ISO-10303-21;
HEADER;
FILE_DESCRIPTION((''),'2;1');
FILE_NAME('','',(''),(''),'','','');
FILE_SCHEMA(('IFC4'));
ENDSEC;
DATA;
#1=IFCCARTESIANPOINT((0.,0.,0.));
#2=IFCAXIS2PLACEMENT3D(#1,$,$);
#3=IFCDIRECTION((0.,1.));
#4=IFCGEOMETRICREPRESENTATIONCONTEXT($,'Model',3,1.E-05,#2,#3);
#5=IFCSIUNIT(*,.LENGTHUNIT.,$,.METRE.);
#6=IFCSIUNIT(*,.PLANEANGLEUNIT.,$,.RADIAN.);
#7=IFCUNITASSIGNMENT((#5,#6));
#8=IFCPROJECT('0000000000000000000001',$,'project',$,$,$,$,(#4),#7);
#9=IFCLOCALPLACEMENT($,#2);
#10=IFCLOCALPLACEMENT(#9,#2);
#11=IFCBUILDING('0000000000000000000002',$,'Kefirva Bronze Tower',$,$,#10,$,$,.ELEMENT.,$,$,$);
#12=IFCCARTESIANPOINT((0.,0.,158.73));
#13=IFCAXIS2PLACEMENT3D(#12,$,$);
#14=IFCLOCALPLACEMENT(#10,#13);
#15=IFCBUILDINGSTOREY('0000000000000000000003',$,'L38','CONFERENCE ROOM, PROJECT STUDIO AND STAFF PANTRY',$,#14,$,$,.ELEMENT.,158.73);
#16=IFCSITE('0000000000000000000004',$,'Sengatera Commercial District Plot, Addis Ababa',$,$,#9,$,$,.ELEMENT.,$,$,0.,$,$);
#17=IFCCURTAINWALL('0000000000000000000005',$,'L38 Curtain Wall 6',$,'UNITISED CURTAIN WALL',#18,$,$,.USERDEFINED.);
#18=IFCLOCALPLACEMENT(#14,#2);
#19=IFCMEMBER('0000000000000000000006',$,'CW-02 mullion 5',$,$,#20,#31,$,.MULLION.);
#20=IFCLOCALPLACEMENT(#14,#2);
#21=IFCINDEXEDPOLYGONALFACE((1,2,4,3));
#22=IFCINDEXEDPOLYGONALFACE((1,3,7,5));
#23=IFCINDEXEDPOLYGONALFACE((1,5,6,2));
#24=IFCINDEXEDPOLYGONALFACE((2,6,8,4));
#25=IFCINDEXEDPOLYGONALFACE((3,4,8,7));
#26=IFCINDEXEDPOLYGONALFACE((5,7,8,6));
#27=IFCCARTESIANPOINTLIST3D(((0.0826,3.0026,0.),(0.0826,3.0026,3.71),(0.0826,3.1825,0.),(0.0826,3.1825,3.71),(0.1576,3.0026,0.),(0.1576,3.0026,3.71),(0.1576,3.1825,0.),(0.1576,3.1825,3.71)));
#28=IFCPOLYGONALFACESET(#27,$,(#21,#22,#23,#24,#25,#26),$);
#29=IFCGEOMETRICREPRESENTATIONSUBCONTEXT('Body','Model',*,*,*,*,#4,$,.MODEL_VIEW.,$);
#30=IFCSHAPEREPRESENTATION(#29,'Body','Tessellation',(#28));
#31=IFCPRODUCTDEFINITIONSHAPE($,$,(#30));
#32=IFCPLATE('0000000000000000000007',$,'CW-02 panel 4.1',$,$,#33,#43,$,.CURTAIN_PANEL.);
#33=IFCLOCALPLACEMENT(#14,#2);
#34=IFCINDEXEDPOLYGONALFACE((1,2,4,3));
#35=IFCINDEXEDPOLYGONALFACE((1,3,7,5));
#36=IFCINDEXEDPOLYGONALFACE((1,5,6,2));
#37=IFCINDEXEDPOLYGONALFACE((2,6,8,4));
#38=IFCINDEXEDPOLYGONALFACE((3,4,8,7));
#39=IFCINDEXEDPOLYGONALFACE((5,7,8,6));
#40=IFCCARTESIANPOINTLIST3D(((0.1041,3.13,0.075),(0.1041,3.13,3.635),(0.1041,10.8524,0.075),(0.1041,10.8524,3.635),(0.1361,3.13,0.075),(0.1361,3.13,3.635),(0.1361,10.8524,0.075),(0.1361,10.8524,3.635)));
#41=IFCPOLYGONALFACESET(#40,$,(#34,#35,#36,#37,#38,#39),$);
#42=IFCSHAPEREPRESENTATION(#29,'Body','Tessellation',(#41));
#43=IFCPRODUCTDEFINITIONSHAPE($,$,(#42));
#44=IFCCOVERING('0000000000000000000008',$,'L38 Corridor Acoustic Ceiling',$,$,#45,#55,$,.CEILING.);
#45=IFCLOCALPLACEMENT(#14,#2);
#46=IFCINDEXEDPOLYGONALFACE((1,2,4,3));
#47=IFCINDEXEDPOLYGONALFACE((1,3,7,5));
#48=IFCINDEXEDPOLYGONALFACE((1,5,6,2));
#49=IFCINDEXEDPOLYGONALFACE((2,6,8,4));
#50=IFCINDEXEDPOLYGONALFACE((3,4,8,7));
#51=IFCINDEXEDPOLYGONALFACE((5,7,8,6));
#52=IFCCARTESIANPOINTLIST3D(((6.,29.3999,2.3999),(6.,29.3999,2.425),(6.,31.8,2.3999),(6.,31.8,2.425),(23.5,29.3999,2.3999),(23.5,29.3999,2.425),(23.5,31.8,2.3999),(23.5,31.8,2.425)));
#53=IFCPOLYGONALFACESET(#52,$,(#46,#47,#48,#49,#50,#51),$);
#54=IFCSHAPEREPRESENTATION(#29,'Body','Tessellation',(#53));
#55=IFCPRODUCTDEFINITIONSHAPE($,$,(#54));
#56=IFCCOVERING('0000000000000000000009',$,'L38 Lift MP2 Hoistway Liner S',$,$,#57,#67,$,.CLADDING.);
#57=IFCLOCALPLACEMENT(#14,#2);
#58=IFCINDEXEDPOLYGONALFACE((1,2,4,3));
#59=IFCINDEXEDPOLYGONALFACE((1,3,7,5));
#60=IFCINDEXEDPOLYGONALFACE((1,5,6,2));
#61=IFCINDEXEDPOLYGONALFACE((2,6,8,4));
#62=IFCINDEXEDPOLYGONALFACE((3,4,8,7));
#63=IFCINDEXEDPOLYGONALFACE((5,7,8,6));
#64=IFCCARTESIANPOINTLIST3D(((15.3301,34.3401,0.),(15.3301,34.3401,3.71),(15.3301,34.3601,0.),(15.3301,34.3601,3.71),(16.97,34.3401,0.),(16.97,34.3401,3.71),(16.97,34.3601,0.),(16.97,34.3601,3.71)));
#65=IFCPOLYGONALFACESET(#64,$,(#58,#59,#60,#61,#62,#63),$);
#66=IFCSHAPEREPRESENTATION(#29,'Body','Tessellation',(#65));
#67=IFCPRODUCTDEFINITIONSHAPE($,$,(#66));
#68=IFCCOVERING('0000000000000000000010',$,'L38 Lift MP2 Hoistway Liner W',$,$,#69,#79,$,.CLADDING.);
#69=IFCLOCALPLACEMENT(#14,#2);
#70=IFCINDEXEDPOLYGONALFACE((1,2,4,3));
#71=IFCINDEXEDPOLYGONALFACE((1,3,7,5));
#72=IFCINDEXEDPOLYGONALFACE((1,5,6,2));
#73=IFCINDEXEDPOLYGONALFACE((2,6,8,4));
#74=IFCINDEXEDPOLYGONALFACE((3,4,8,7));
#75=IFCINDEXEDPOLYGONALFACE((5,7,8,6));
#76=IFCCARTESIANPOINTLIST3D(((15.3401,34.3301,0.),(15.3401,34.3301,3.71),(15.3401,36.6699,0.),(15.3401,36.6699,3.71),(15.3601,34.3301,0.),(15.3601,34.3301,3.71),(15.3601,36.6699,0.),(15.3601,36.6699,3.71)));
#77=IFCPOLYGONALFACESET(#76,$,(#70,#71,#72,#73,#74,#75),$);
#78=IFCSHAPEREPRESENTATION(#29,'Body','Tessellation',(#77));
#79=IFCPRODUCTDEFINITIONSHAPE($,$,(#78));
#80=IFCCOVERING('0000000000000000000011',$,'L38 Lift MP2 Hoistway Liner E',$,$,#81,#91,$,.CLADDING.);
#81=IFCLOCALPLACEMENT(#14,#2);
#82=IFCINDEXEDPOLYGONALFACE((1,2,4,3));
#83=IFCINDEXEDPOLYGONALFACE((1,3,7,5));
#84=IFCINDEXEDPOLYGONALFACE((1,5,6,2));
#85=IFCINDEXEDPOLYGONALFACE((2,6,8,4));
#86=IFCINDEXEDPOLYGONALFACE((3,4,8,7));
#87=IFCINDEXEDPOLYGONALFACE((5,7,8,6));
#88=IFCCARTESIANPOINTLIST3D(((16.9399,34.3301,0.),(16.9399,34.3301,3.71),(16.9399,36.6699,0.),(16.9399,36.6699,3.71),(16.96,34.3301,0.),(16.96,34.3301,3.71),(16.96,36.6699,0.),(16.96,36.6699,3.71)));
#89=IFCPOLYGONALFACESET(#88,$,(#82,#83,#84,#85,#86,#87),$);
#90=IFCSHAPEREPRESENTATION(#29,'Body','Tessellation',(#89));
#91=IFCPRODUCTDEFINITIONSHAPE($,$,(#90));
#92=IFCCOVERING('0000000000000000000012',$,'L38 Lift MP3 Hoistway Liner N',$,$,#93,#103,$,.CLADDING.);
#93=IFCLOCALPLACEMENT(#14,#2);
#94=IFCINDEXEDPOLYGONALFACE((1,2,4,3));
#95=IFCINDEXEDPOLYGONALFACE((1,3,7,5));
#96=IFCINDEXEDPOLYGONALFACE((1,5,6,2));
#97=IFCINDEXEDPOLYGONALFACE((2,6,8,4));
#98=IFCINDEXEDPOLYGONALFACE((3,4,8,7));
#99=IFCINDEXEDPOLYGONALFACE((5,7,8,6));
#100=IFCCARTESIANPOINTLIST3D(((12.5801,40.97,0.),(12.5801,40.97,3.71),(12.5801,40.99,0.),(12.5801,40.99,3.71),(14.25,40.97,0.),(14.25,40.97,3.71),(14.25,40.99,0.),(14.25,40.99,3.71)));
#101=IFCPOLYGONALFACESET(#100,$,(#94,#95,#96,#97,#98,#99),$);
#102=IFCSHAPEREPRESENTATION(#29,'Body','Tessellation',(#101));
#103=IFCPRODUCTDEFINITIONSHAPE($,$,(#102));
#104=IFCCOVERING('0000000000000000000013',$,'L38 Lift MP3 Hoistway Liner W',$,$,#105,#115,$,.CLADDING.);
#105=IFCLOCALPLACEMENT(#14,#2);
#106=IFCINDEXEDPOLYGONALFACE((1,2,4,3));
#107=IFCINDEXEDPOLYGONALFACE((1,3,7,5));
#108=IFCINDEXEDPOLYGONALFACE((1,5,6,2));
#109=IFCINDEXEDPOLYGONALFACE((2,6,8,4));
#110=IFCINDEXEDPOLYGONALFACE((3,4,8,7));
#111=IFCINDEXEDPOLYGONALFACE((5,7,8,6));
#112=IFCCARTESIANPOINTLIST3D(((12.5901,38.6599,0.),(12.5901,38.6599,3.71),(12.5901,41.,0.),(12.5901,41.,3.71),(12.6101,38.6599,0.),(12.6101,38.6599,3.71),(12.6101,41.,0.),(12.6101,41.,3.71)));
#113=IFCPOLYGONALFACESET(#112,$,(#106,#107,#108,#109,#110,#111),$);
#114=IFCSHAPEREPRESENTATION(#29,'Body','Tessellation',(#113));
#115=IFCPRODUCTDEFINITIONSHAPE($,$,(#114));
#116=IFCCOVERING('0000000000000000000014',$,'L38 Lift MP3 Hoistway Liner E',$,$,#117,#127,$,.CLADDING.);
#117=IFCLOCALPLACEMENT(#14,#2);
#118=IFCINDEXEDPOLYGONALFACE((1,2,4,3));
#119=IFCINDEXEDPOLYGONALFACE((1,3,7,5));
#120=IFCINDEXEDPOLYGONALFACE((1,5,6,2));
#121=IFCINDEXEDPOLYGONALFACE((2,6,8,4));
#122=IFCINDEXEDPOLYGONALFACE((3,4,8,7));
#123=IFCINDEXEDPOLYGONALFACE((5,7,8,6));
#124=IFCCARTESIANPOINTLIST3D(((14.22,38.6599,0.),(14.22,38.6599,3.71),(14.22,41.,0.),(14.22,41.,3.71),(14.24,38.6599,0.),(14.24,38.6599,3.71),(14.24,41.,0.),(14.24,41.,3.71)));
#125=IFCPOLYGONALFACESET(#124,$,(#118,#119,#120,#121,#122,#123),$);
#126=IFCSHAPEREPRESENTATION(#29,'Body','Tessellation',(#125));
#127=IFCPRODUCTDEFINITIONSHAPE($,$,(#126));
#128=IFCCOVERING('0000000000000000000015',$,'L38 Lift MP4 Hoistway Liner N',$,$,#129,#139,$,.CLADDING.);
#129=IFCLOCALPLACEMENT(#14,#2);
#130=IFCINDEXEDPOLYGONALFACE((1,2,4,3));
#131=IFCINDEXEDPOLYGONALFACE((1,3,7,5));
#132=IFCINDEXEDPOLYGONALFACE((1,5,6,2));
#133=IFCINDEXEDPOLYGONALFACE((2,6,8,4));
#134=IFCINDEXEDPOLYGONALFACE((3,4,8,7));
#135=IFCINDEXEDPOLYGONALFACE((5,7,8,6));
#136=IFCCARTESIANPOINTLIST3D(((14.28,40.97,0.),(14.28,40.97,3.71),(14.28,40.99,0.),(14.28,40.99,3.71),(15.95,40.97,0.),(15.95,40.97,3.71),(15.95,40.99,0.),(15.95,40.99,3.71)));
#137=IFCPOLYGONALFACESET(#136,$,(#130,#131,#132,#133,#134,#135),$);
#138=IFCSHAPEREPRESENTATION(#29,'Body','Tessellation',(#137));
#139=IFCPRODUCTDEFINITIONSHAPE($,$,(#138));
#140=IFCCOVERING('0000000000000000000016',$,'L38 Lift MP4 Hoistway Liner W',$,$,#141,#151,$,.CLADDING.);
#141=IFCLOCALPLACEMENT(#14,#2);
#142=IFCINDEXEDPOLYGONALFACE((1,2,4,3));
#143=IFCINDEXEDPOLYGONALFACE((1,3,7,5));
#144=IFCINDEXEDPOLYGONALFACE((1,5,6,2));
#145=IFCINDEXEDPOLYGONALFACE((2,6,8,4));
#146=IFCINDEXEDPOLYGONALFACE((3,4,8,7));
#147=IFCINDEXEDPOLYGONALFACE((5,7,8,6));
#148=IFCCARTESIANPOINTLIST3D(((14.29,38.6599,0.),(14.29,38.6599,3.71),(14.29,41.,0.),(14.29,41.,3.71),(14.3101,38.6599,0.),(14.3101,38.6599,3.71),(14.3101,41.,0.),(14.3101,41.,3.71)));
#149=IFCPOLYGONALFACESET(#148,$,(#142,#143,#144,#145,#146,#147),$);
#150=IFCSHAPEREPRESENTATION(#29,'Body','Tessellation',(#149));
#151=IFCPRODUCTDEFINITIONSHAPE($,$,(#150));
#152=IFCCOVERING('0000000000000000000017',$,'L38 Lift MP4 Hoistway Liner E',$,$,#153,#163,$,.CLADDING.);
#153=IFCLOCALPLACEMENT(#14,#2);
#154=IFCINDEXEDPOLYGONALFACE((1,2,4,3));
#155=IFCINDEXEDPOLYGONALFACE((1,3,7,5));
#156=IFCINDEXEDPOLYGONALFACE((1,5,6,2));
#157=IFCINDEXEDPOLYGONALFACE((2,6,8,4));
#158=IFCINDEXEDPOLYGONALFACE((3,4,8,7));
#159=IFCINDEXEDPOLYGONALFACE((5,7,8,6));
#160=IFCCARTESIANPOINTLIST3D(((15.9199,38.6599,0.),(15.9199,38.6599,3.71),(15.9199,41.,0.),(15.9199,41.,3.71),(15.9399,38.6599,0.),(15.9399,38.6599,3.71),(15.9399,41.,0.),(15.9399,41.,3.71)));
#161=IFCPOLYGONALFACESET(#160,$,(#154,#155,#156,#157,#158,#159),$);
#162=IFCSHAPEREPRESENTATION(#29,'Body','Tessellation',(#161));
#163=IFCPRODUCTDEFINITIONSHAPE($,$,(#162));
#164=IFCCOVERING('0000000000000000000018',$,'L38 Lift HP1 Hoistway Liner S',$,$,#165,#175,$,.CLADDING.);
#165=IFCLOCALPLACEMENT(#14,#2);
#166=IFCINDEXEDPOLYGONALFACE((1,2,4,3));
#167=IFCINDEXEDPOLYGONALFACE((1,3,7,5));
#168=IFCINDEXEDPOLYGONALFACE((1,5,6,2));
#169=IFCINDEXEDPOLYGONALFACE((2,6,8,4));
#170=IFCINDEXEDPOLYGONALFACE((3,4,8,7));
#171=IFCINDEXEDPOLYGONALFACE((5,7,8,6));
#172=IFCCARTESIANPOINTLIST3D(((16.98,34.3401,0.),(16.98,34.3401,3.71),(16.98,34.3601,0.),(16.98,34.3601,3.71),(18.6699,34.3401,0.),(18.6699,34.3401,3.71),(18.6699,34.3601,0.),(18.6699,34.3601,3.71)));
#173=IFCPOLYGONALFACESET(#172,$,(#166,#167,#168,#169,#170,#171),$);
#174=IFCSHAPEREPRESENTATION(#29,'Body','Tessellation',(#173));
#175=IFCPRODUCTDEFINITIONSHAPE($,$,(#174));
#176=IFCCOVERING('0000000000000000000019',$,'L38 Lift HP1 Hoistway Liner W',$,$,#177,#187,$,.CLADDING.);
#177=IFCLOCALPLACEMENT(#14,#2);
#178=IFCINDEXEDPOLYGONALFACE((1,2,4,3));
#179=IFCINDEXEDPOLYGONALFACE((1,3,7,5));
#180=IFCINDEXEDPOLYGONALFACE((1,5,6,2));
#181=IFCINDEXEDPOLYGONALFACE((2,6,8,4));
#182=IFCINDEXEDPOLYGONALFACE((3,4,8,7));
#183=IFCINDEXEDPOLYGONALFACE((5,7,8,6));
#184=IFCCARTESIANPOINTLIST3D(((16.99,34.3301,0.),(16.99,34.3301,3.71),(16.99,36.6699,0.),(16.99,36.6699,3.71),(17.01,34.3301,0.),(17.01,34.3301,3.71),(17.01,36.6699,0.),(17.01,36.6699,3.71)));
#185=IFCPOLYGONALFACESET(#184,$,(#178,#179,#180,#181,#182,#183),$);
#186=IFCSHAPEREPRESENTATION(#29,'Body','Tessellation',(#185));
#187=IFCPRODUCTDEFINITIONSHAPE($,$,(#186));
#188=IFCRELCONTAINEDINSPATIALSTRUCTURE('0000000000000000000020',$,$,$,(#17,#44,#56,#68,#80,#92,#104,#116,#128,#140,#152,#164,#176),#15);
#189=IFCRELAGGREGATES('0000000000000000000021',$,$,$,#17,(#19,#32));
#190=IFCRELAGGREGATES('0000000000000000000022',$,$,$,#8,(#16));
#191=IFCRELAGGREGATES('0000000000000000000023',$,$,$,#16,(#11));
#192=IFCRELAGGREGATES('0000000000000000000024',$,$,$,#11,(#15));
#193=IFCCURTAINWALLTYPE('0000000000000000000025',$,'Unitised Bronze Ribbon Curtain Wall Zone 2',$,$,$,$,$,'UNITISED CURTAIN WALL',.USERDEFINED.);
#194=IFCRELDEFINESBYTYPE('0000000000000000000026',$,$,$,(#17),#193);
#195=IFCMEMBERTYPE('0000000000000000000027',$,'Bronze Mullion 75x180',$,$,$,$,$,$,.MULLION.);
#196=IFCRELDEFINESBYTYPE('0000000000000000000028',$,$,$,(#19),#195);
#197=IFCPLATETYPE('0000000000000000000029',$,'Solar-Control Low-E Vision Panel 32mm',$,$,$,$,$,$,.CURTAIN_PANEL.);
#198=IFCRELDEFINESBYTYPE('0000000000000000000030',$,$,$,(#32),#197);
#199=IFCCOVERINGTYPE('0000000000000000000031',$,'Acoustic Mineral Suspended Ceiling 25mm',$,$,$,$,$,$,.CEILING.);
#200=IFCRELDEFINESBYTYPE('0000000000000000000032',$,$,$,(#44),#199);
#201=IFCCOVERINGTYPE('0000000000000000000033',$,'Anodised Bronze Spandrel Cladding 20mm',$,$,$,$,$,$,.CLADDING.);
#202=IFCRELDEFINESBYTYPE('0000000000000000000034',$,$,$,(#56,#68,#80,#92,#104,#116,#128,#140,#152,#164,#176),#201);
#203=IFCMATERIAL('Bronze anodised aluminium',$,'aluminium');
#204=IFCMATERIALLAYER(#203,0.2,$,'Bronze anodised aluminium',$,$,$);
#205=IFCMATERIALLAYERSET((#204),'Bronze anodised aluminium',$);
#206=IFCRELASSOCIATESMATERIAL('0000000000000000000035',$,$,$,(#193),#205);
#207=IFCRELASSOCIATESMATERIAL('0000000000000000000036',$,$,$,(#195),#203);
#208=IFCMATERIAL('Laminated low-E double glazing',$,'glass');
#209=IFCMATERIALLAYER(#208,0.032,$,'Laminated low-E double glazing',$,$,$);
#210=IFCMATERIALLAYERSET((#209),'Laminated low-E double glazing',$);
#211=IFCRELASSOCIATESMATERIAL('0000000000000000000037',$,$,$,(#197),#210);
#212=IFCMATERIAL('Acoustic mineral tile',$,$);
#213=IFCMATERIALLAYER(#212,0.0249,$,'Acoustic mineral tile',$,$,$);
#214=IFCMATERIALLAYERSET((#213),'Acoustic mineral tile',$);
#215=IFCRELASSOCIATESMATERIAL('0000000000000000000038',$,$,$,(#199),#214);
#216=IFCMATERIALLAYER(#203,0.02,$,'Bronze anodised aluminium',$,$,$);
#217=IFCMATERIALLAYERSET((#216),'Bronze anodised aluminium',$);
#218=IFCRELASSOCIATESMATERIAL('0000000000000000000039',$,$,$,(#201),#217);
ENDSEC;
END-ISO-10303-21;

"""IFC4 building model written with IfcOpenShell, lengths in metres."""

from ifc_helpers import new_model, si_unit, direction, frame, origin, origin_2d, place, context, subcontext, project, spatial, polyline, rectangle, outline, extrude, material, layer, layer_set, material_profile, profile_set, type_object, element, aggregate, save


model = new_model("IFC4")

# Units and contexts
model_context = context("Model", 3, precision=1e-05, world=origin(), true_north=direction((0.0, 1.0)))
body_context = subcontext(model_context, "Body", "Model", "MODEL_VIEW")
ifc_project = project(units=[si_unit("LENGTHUNIT", "METRE"), si_unit("PLANEANGLEUNIT", "RADIAN")], contexts=[model_context])

# Site, building, storey
site_placement = place(None, origin())
site = spatial("IfcSite", under=ifc_project, at=site_placement, Name="Sengatera Commercial District Plot, Addis Ababa", CompositionType="ELEMENT", RefElevation=0.0)
building_placement = place(site_placement, origin())
building = spatial("IfcBuilding", under=site, at=building_placement, Name="Kefirva Bronze Tower", CompositionType="ELEMENT")
storey_placement = place(building_placement, frame((0.0, 0.0, 158.73)))
storey = spatial("IfcBuildingStorey", under=building, at=storey_placement, Name="L38", Description="CONFERENCE ROOM, PROJECT STUDIO AND STAFF PANTRY", CompositionType="ELEMENT", Elevation=158.73)

# Curtain wall, member, plate
ifc_material_1 = material(Name="Bronze anodised aluminium", Category="aluminium")
ifc_layer_1 = layer(ifc_material_1, 0.2, Name="Bronze anodised aluminium")
ifc_layer_set_1 = layer_set([ifc_layer_1], Name="Bronze anodised aluminium")
curtain_wall_type = type_object("IfcCurtainWallType", Name="Unitised Bronze Ribbon Curtain Wall Zone 2", ElementType="UNITISED CURTAIN WALL", PredefinedType="USERDEFINED", material=ifc_layer_set_1)
curtain_wall_placement = place(storey_placement, origin())
curtain_wall = element("IfcCurtainWall", 1, at=curtain_wall_placement, inside=storey, type_object=curtain_wall_type, Name="L38 Curtain Wall 6", ObjectType="UNITISED CURTAIN WALL", PredefinedType="USERDEFINED")
ifc_material_profile = material_profile(ifc_material_1, rectangle(XDim=0.075, YDim=0.1799, at=origin_2d()), Name="ALU 75x180")
ifc_profile_set = profile_set([ifc_material_profile], Name="Bronze anodised aluminium")
member_type = type_object("IfcMemberType", Name="Bronze Mullion 75x180", PredefinedType="MULLION", material=ifc_profile_set)
member_placement = place(storey_placement, frame((0.1201, 3.0925, 0.0), z_axis=(0.0, 0.0, 1.0), x_axis=(1.0, 0.0, 0.0)))
member = element("IfcMember", 2, at=member_placement, type_object=member_type, Name="CW-02 mullion 5", PredefinedType="MULLION", context=body_context, shape_type="SweptSolid", body=[
    extrude(rectangle(XDim=0.075, YDim=0.1799, at=origin_2d()), origin(), (0.0, 0.0, 1.0), 3.71),
])
ifc_material_2 = material(Name="Laminated low-E double glazing", Category="glass")
ifc_layer_2 = layer(ifc_material_2, 0.032, Name="Laminated low-E double glazing")
ifc_layer_set_2 = layer_set([ifc_layer_2], Name="Laminated low-E double glazing")
plate_type = type_object("IfcPlateType", Name="Solar-Control Low-E Vision Panel 32mm", PredefinedType="CURTAIN_PANEL", material=ifc_layer_set_2)
plate_placement = place(storey_placement, frame((0.1201, 6.9912, 0.075), z_axis=(0.0, 0.0, 1.0), x_axis=(0.0, -1.0, 0.0)))
plate = element("IfcPlate", 3, at=plate_placement, type_object=plate_type, Name="CW-02 panel 4.1", PredefinedType="CURTAIN_PANEL", context=body_context, shape_type="SweptSolid", body=[
    extrude(rectangle(XDim=7.7224, YDim=0.032, at=origin_2d()), origin(), (0.0, 0.0, 1.0), 3.5601),
])
aggregate(curtain_wall, [member, plate])

# Coverings
ifc_material_3 = material(Name="Acoustic mineral tile")
ifc_layer_3 = layer(ifc_material_3, 0.0249, Name="Acoustic mineral tile")
ifc_layer_set_3 = layer_set([ifc_layer_3], Name="Acoustic mineral tile")
covering_type_1 = type_object("IfcCoveringType", Name="Acoustic Mineral Suspended Ceiling 25mm", PredefinedType="CEILING", material=ifc_layer_set_3)
covering_1_placement = place(storey_placement, frame((0.0, 0.0, 2.3999)))
element("IfcCovering", 4, at=covering_1_placement, inside=storey, type_object=covering_type_1, Name="L38 Corridor Acoustic Ceiling", PredefinedType="CEILING", context=body_context, shape_type="SweptSolid", body=[
    extrude(outline(polyline([(6.0, 29.3999), (23.5, 29.3999), (23.5, 31.8), (6.0, 31.8), (6.0, 29.3999)])), origin(), (0.0, 0.0, 1.0), 0.0251),
])
ifc_layer_4 = layer(ifc_material_1, 0.02, Name="Bronze anodised aluminium")
ifc_layer_set_4 = layer_set([ifc_layer_4], Name="Bronze anodised aluminium")
covering_type_2 = type_object("IfcCoveringType", Name="Anodised Bronze Spandrel Cladding 20mm", PredefinedType="CLADDING", material=ifc_layer_set_4)
covering_2_placement = place(storey_placement, origin())
element("IfcCovering", 5, at=covering_2_placement, inside=storey, type_object=covering_type_2, Name="L38 Lift MP2 Hoistway Liner S", PredefinedType="CLADDING", context=body_context, shape_type="SweptSolid", body=[
    extrude(outline(polyline([(15.3301, 34.3401), (16.97, 34.3401), (16.97, 34.3601), (15.3301, 34.3601), (15.3301, 34.3401)])), origin(), (0.0, 0.0, 1.0), 3.71),
])
covering_3_placement = place(storey_placement, origin())
element("IfcCovering", 6, at=covering_3_placement, inside=storey, type_object=covering_type_2, Name="L38 Lift MP2 Hoistway Liner W", PredefinedType="CLADDING", context=body_context, shape_type="SweptSolid", body=[
    extrude(outline(polyline([(15.3401, 34.3301), (15.3601, 34.3301), (15.3601, 36.6699), (15.3401, 36.6699), (15.3401, 34.3301)])), origin(), (0.0, 0.0, 1.0), 3.71),
])
covering_4_placement = place(storey_placement, origin())
element("IfcCovering", 7, at=covering_4_placement, inside=storey, type_object=covering_type_2, Name="L38 Lift MP2 Hoistway Liner E", PredefinedType="CLADDING", context=body_context, shape_type="SweptSolid", body=[
    extrude(outline(polyline([(16.9399, 34.3301), (16.96, 34.3301), (16.96, 36.6699), (16.9399, 36.6699), (16.9399, 34.3301)])), origin(), (0.0, 0.0, 1.0), 3.71),
])
covering_5_placement = place(storey_placement, origin())
element("IfcCovering", 8, at=covering_5_placement, inside=storey, type_object=covering_type_2, Name="L38 Lift MP3 Hoistway Liner N", PredefinedType="CLADDING", context=body_context, shape_type="SweptSolid", body=[
    extrude(outline(polyline([(12.5801, 40.97), (14.25, 40.97), (14.25, 40.99), (12.5801, 40.99), (12.5801, 40.97)])), origin(), (0.0, 0.0, 1.0), 3.71),
])
covering_6_placement = place(storey_placement, origin())
element("IfcCovering", 9, at=covering_6_placement, inside=storey, type_object=covering_type_2, Name="L38 Lift MP3 Hoistway Liner W", PredefinedType="CLADDING", context=body_context, shape_type="SweptSolid", body=[
    extrude(outline(polyline([(12.5901, 38.6599), (12.6101, 38.6599), (12.6101, 41.0), (12.5901, 41.0), (12.5901, 38.6599)])), origin(), (0.0, 0.0, 1.0), 3.71),
])
covering_7_placement = place(storey_placement, origin())
element("IfcCovering", 10, at=covering_7_placement, inside=storey, type_object=covering_type_2, Name="L38 Lift MP3 Hoistway Liner E", PredefinedType="CLADDING", context=body_context, shape_type="SweptSolid", body=[
    extrude(outline(polyline([(14.22, 38.6599), (14.24, 38.6599), (14.24, 41.0), (14.22, 41.0), (14.22, 38.6599)])), origin(), (0.0, 0.0, 1.0), 3.71),
])
covering_8_placement = place(storey_placement, origin())
element("IfcCovering", 11, at=covering_8_placement, inside=storey, type_object=covering_type_2, Name="L38 Lift MP4 Hoistway Liner N", PredefinedType="CLADDING", context=body_context, shape_type="SweptSolid", body=[
    extrude(outline(polyline([(14.28, 40.97), (15.95, 40.97), (15.95, 40.99), (14.28, 40.99), (14.28, 40.97)])), origin(), (0.0, 0.0, 1.0), 3.71),
])
covering_9_placement = place(storey_placement, origin())
element("IfcCovering", 12, at=covering_9_placement, inside=storey, type_object=covering_type_2, Name="L38 Lift MP4 Hoistway Liner W", PredefinedType="CLADDING", context=body_context, shape_type="SweptSolid", body=[
    extrude(outline(polyline([(14.29, 38.6599), (14.3101, 38.6599), (14.3101, 41.0), (14.29, 41.0), (14.29, 38.6599)])), origin(), (0.0, 0.0, 1.0), 3.71),
])
covering_10_placement = place(storey_placement, origin())
element("IfcCovering", 13, at=covering_10_placement, inside=storey, type_object=covering_type_2, Name="L38 Lift MP4 Hoistway Liner E", PredefinedType="CLADDING", context=body_context, shape_type="SweptSolid", body=[
    extrude(outline(polyline([(15.9199, 38.6599), (15.9399, 38.6599), (15.9399, 41.0), (15.9199, 41.0), (15.9199, 38.6599)])), origin(), (0.0, 0.0, 1.0), 3.71),
])
covering_11_placement = place(storey_placement, origin())
element("IfcCovering", 14, at=covering_11_placement, inside=storey, type_object=covering_type_2, Name="L38 Lift HP1 Hoistway Liner S", PredefinedType="CLADDING", context=body_context, shape_type="SweptSolid", body=[
    extrude(outline(polyline([(16.98, 34.3401), (18.6699, 34.3401), (18.6699, 34.3601), (16.98, 34.3601), (16.98, 34.3401)])), origin(), (0.0, 0.0, 1.0), 3.71),
])
covering_12_placement = place(storey_placement, origin())
element("IfcCovering", 15, at=covering_12_placement, inside=storey, type_object=covering_type_2, Name="L38 Lift HP1 Hoistway Liner W", PredefinedType="CLADDING", context=body_context, shape_type="SweptSolid", body=[
    extrude(outline(polyline([(16.99, 34.3301), (17.01, 34.3301), (17.01, 36.6699), (16.99, 36.6699), (16.99, 34.3301)])), origin(), (0.0, 0.0, 1.0), 3.71),
])

save(model, "model.ifc")
